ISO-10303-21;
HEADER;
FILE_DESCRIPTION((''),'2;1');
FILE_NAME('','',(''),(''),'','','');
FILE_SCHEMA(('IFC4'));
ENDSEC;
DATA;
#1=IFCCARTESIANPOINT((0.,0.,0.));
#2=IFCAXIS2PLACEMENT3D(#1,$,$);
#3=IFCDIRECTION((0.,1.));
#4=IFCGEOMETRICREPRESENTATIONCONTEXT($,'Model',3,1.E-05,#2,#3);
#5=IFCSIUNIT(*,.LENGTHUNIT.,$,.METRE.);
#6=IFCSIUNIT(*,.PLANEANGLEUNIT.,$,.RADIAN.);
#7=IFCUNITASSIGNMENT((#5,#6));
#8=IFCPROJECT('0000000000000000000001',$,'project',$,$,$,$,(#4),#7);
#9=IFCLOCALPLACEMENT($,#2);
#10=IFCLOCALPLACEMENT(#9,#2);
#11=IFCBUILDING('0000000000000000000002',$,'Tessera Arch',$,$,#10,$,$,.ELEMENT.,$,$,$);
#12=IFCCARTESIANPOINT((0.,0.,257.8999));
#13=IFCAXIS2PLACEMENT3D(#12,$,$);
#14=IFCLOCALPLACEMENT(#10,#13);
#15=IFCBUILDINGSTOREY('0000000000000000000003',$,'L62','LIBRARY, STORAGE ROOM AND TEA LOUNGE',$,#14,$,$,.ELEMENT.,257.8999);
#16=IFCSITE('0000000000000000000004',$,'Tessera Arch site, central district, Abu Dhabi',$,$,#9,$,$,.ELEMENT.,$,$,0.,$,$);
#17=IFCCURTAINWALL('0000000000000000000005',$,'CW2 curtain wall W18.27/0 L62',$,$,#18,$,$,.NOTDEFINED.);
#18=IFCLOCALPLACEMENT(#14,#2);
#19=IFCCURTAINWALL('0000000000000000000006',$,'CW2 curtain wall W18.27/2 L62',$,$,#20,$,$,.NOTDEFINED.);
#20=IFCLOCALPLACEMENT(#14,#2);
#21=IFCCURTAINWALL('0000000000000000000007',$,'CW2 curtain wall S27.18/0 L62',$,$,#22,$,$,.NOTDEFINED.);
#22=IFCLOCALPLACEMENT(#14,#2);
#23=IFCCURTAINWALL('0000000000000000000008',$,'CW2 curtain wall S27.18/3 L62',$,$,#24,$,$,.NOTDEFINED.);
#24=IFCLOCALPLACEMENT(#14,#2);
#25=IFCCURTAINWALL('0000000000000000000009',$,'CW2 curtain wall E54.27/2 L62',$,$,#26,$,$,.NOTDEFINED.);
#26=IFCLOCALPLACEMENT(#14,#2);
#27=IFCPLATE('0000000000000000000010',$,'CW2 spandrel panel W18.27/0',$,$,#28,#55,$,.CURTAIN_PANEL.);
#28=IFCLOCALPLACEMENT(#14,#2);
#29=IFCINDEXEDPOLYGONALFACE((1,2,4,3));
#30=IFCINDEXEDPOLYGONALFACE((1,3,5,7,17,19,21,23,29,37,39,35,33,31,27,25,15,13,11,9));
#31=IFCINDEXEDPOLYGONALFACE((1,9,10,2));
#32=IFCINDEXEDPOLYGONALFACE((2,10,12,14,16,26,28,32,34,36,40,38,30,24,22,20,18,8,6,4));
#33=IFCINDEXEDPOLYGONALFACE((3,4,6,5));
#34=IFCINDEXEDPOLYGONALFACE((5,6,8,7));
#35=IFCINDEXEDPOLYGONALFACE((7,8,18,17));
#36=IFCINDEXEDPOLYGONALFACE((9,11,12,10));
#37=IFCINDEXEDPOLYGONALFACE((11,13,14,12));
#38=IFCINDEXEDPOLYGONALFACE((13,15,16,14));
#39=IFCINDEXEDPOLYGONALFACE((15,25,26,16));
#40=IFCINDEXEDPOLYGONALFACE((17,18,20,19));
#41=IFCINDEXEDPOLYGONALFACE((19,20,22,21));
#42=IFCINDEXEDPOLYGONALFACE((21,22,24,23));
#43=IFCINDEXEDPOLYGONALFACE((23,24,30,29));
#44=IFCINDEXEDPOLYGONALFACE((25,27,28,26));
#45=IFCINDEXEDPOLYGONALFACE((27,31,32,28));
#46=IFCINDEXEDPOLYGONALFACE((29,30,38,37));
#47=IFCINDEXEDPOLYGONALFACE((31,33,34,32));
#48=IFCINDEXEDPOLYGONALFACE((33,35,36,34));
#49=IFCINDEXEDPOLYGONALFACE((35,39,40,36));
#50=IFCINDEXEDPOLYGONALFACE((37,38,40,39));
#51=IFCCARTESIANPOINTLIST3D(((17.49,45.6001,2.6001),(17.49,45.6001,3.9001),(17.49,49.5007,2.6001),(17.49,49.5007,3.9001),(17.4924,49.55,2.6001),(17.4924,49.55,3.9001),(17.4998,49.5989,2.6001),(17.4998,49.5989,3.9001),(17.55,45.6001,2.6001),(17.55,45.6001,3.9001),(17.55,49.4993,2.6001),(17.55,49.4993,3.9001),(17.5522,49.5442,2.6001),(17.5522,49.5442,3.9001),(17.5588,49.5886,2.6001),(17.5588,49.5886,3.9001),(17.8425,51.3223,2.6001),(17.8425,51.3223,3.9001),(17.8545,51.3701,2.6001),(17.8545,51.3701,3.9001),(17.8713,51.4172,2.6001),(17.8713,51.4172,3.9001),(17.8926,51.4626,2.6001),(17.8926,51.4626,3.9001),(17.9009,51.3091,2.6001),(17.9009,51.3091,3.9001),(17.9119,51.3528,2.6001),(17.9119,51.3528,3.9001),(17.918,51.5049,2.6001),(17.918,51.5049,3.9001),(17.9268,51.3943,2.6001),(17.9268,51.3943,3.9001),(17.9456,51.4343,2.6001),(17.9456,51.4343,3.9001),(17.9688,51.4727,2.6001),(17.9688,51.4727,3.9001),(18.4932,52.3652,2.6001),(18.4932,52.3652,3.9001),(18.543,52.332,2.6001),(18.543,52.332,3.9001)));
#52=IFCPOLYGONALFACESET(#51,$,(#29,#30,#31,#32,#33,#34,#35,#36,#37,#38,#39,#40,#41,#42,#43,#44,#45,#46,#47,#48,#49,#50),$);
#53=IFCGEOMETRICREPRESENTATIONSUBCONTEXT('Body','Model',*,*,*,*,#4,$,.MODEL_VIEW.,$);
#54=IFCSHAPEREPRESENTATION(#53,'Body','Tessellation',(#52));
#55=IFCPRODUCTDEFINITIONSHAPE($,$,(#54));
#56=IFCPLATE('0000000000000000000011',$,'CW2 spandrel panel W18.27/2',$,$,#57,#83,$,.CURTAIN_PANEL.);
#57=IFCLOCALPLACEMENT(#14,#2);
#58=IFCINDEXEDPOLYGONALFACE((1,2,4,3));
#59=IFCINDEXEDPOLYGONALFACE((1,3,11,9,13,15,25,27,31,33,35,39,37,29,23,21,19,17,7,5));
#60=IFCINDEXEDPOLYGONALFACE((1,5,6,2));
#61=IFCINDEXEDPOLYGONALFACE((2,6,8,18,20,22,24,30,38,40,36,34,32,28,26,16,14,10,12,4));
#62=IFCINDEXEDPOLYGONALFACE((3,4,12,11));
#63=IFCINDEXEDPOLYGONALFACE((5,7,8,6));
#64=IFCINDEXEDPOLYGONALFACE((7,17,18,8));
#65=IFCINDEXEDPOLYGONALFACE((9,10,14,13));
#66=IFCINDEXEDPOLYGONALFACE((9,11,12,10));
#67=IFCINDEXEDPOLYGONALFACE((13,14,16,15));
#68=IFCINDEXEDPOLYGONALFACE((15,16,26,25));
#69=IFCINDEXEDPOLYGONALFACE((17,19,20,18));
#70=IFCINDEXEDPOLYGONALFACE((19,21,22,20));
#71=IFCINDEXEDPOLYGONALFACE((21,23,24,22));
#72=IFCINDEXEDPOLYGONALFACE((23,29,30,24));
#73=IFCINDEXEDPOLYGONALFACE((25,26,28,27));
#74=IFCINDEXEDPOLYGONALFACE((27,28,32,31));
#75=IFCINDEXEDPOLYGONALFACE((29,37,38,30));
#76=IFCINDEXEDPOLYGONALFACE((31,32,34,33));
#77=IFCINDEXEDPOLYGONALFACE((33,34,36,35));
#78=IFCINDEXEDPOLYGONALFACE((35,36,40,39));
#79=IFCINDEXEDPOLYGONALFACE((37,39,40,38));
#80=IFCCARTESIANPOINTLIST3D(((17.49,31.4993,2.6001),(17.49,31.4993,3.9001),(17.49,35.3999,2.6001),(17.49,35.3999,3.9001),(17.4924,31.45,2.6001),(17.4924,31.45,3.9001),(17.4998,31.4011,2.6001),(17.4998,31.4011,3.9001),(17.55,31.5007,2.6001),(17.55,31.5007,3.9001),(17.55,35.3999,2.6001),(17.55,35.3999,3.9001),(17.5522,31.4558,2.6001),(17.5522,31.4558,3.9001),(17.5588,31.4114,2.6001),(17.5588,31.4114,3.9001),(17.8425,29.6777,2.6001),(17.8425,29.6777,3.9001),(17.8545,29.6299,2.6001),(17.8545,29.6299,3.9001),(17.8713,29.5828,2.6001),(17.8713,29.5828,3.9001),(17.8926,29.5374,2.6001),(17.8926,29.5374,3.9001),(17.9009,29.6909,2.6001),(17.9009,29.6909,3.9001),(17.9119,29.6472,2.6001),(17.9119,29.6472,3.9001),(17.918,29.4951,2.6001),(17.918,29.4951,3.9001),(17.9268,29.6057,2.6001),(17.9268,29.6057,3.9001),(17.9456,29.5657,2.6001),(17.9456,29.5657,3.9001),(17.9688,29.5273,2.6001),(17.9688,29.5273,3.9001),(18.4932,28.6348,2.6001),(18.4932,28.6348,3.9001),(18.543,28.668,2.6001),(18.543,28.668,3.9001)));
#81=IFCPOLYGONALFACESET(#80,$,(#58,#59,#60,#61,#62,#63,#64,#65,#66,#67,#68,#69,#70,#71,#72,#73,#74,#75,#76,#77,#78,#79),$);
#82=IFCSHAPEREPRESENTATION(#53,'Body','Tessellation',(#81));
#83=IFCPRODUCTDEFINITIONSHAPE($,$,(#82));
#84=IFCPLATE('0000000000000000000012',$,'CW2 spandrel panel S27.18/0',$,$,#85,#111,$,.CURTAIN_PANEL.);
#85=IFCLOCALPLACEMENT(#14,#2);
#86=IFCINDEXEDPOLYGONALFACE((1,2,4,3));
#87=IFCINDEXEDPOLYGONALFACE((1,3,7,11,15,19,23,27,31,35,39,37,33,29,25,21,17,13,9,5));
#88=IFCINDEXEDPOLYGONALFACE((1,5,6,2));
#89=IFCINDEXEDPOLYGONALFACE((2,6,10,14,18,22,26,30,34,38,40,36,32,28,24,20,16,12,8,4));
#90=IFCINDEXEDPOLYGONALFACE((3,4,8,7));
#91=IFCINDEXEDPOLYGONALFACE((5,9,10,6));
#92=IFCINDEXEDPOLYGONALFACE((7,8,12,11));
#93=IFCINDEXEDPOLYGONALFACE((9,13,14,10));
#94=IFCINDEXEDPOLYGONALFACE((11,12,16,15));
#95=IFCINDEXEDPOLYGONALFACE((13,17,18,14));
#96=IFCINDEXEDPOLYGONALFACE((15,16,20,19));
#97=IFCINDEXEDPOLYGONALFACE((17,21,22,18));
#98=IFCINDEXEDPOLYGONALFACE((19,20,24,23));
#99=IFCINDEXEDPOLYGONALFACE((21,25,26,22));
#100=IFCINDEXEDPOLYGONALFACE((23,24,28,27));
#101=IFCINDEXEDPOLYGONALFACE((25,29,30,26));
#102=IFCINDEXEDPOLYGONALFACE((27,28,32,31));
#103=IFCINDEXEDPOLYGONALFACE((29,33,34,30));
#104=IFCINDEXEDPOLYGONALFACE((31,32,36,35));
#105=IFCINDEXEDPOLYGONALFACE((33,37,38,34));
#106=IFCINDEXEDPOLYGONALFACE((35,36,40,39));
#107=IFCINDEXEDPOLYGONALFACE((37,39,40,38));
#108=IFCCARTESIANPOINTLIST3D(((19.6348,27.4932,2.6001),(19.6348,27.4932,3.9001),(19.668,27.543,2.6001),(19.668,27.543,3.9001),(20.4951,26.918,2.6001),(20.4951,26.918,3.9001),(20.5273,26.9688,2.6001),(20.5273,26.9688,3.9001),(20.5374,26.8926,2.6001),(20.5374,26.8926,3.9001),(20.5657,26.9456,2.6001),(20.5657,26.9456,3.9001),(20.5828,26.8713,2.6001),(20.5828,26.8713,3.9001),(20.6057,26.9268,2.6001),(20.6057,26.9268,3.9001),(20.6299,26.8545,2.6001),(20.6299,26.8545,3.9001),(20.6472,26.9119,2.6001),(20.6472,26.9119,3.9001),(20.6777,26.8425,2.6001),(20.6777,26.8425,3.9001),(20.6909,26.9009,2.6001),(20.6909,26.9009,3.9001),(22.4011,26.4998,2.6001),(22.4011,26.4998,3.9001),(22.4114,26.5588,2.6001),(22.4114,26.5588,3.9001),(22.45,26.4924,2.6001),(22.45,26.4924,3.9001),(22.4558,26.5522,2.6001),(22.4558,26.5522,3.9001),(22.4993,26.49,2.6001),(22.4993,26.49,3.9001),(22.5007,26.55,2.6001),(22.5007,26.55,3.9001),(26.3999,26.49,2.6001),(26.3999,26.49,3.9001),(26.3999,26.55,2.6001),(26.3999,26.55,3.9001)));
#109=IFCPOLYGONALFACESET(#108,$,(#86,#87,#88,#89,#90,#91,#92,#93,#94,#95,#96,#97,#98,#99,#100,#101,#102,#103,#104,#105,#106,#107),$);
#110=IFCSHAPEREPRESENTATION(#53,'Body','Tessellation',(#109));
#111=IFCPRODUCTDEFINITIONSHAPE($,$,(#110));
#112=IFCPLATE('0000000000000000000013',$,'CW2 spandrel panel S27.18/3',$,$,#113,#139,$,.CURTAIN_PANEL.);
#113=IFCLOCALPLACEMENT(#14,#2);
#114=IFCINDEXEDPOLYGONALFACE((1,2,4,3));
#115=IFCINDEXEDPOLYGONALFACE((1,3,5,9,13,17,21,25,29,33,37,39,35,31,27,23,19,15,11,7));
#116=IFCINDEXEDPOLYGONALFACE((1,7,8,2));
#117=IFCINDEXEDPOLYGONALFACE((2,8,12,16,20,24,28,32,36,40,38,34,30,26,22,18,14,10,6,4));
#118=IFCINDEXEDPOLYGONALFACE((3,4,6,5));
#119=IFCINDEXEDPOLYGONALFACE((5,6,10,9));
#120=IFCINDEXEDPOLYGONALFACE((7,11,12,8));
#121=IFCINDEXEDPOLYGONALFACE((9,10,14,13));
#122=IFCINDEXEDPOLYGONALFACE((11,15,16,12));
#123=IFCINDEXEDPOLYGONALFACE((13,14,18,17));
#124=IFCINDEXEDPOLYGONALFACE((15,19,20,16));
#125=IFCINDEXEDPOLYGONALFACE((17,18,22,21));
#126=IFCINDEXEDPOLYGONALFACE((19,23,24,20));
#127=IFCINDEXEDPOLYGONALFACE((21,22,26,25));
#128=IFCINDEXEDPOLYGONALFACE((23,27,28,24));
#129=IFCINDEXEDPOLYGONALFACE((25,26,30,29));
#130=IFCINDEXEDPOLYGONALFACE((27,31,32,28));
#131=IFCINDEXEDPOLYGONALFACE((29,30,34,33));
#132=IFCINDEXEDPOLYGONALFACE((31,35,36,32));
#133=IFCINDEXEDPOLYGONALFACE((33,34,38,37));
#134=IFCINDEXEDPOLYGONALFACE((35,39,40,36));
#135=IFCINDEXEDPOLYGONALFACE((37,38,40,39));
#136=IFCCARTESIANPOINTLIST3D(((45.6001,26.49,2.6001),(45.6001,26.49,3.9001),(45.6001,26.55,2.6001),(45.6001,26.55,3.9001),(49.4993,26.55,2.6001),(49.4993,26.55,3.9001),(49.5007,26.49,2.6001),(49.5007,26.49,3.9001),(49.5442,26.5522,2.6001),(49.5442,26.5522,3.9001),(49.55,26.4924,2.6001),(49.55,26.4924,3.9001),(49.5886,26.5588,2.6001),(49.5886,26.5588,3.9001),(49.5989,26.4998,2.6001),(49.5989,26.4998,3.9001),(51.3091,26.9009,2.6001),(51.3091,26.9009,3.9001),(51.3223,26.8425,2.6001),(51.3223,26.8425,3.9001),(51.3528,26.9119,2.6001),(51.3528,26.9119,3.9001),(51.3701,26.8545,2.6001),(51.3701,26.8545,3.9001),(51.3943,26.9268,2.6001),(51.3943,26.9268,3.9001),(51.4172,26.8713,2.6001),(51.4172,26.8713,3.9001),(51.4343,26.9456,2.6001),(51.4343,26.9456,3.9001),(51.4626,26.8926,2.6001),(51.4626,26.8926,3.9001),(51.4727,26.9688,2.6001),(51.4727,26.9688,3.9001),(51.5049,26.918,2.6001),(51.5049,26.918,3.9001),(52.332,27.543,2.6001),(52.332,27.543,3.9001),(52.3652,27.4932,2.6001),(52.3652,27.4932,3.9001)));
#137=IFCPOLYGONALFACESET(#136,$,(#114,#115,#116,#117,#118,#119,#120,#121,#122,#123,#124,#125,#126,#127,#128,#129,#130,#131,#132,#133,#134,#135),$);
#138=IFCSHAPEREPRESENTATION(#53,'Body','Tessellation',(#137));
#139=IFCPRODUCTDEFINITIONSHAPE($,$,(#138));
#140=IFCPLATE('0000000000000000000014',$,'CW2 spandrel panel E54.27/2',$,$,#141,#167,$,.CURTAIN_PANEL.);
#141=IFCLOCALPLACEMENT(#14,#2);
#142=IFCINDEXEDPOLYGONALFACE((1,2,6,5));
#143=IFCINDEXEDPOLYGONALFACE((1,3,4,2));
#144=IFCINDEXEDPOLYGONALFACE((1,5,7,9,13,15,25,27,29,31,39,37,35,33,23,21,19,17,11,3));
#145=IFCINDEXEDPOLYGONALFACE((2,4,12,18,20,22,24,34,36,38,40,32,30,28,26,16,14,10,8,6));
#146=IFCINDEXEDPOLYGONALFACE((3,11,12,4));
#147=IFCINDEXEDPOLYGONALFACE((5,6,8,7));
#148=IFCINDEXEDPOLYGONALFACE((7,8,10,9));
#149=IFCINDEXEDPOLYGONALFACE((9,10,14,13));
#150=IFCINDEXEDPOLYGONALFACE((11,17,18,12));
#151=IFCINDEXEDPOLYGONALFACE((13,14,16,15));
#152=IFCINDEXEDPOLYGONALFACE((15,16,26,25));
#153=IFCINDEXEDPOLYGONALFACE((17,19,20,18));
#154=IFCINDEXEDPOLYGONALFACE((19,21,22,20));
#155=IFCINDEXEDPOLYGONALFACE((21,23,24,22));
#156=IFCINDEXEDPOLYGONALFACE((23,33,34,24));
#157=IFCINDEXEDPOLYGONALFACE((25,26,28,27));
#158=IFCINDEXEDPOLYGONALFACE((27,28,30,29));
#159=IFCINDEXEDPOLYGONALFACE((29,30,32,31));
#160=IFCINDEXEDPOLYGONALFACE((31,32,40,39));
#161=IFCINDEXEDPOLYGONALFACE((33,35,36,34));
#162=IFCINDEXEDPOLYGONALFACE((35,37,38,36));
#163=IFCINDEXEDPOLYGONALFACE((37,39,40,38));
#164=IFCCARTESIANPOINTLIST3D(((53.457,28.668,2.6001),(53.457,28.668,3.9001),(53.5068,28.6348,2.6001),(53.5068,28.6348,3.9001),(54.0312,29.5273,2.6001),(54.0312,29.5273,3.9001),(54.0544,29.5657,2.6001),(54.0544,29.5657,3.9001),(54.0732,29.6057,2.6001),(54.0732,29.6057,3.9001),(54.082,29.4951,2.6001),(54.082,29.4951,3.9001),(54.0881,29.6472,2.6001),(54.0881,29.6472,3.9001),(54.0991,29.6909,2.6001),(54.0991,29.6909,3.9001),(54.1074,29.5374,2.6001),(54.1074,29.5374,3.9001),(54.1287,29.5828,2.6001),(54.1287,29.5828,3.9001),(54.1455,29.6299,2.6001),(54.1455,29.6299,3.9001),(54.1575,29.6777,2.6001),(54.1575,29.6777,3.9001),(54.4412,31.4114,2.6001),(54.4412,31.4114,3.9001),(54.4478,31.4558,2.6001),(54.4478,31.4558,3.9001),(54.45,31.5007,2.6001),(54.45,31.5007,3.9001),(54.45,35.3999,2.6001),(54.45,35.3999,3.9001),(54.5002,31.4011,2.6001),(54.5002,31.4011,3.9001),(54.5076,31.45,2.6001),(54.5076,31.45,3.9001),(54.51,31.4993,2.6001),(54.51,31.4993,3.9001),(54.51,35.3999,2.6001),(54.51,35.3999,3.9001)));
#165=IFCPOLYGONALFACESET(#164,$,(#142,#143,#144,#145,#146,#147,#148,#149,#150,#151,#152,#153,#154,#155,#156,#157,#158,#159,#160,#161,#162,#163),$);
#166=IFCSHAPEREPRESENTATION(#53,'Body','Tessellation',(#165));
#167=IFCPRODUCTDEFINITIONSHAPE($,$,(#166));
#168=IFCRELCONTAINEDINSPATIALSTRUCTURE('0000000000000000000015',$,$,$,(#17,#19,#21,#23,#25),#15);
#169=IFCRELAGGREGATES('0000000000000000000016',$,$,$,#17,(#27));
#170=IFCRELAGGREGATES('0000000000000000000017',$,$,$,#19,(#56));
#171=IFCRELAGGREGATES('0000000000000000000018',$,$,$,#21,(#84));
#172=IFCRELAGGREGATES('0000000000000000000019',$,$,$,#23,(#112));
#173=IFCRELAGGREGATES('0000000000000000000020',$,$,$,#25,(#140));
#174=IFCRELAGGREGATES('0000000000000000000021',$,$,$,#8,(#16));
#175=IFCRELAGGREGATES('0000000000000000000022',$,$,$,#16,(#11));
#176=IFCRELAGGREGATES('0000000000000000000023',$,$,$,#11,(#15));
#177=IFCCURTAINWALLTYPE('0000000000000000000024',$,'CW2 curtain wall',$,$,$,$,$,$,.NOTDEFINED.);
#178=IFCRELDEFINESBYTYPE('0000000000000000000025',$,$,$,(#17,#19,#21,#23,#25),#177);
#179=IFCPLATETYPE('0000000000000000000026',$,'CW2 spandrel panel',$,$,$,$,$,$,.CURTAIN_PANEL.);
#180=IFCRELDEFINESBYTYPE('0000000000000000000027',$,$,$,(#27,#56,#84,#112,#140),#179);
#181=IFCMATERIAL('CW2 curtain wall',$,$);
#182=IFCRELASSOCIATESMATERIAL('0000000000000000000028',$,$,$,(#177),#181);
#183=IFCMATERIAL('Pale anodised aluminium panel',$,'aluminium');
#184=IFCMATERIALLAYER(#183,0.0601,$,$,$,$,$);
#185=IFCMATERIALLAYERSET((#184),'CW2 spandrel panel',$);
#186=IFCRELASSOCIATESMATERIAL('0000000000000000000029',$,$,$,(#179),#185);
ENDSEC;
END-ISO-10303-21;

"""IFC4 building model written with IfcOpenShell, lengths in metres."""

from ifc_helpers import new_model, si_unit, direction, frame, origin, place, context, subcontext, project, spatial, polyline, outline, extrude, material, layer, layer_set, type_object, element, aggregate, save


model = new_model("IFC4")

# Units and contexts
model_context = context("Model", 3, precision=1e-05, world=origin(), true_north=direction((0.0, 1.0)))
body_context = subcontext(model_context, "Body", "Model", "MODEL_VIEW")
ifc_project = project(units=[si_unit("LENGTHUNIT", "METRE"), si_unit("PLANEANGLEUNIT", "RADIAN")], contexts=[model_context])

# Site, building, storey
site_placement = place(None, origin())
site = spatial("IfcSite", under=ifc_project, at=site_placement, Name="Tessera Arch site, central district, Abu Dhabi", CompositionType="ELEMENT", RefElevation=0.0)
building_placement = place(site_placement, origin())
building = spatial("IfcBuilding", under=site, at=building_placement, Name="Tessera Arch", CompositionType="ELEMENT")
storey_placement = place(building_placement, frame((0.0, 0.0, 257.8999)))
storey = spatial("IfcBuildingStorey", under=building, at=storey_placement, Name="L62", Description="LIBRARY, STORAGE ROOM AND TEA LOUNGE", CompositionType="ELEMENT", Elevation=257.8999)

# Curtain walls
ifc_material_1 = material(Name="CW2 curtain wall")
curtain_wall_type = type_object("IfcCurtainWallType", Name="CW2 curtain wall", PredefinedType="NOTDEFINED", material=ifc_material_1)
curtain_wall_1_placement = place(storey_placement, origin())
curtain_wall_1 = element("IfcCurtainWall", 1, at=curtain_wall_1_placement, inside=storey, type_object=curtain_wall_type, Name="CW2 curtain wall W18.27/0 L62", PredefinedType="NOTDEFINED")
curtain_wall_2_placement = place(storey_placement, origin())
curtain_wall_2 = element("IfcCurtainWall", 2, at=curtain_wall_2_placement, inside=storey, type_object=curtain_wall_type, Name="CW2 curtain wall W18.27/2 L62", PredefinedType="NOTDEFINED")
curtain_wall_3_placement = place(storey_placement, origin())
curtain_wall_3 = element("IfcCurtainWall", 3, at=curtain_wall_3_placement, inside=storey, type_object=curtain_wall_type, Name="CW2 curtain wall S27.18/0 L62", PredefinedType="NOTDEFINED")
curtain_wall_4_placement = place(storey_placement, origin())
curtain_wall_4 = element("IfcCurtainWall", 4, at=curtain_wall_4_placement, inside=storey, type_object=curtain_wall_type, Name="CW2 curtain wall S27.18/3 L62", PredefinedType="NOTDEFINED")
curtain_wall_5_placement = place(storey_placement, origin())
curtain_wall_5 = element("IfcCurtainWall", 5, at=curtain_wall_5_placement, inside=storey, type_object=curtain_wall_type, Name="CW2 curtain wall E54.27/2 L62", PredefinedType="NOTDEFINED")

# Plates
ifc_material_2 = material(Name="Pale anodised aluminium panel", Category="aluminium")
ifc_layer_1 = layer(ifc_material_2, 0.0601)
ifc_layer_set_1 = layer_set([ifc_layer_1], Name="CW2 spandrel panel")
plate_type_1 = type_object("IfcPlateType", Name="CW2 spandrel panel", PredefinedType="CURTAIN_PANEL", material=ifc_layer_set_1)
plate_1_placement = place(storey_placement, frame((0.0, 0.0, 2.6001)))
plate_1 = element("IfcPlate", 6, at=plate_1_placement, type_object=plate_type_1, Name="CW2 spandrel panel W18.27/0", PredefinedType="CURTAIN_PANEL", context=body_context, shape_type="SweptSolid", body=[
    extrude(outline(polyline([(17.9688, 51.4727), (18.543, 52.332), (18.4932, 52.3652), (17.918, 51.5049), (17.8926, 51.4626), (17.8713, 51.4172), (17.8545, 51.3701), (17.8425, 51.3223), (17.4998, 49.5989), (17.4924, 49.55), (17.49, 49.5007), (17.49, 45.6001), (17.55, 45.6001), (17.55, 49.4993), (17.5522, 49.5442), (17.5588, 49.5886), (17.9009, 51.3091), (17.9119, 51.3528), (17.9268, 51.3943), (17.9456, 51.4343), (17.9688, 51.4727)])), origin(), (0.0, 0.0, 1.0), 1.3),
])
aggregate(curtain_wall_1, [plate_1])
plate_2_placement = place(storey_placement, frame((0.0, 0.0, 2.6001)))
plate_2 = element("IfcPlate", 7, at=plate_2_placement, type_object=plate_type_1, Name="CW2 spandrel panel W18.27/2", PredefinedType="CURTAIN_PANEL", context=body_context, shape_type="SweptSolid", body=[
    extrude(outline(polyline([(17.55, 31.5007), (17.55, 35.3999), (17.49, 35.3999), (17.49, 31.4993), (17.4924, 31.45), (17.4998, 31.4011), (17.8425, 29.6777), (17.8545, 29.6299), (17.8713, 29.5828), (17.8926, 29.5374), (17.918, 29.4951), (18.4932, 28.6348), (18.543, 28.668), (17.9688, 29.5273), (17.9456, 29.5657), (17.9268, 29.6057), (17.9119, 29.6472), (17.9009, 29.6909), (17.5588, 31.4114), (17.5522, 31.4558), (17.55, 31.5007)])), origin(), (0.0, 0.0, 1.0), 1.3),
])
aggregate(curtain_wall_2, [plate_2])
plate_3_placement = place(storey_placement, frame((0.0, 0.0, 2.6001)))
plate_3 = element("IfcPlate", 8, at=plate_3_placement, type_object=plate_type_1, Name="CW2 spandrel panel S27.18/0", PredefinedType="CURTAIN_PANEL", context=body_context, shape_type="SweptSolid", body=[
    extrude(outline(polyline([(20.5273, 26.9688), (19.668, 27.543), (19.6348, 27.4932), (20.4951, 26.918), (20.5374, 26.8926), (20.5828, 26.8713), (20.6299, 26.8545), (20.6777, 26.8425), (22.4011, 26.4998), (22.45, 26.4924), (22.4993, 26.49), (26.3999, 26.49), (26.3999, 26.55), (22.5007, 26.55), (22.4558, 26.5522), (22.4114, 26.5588), (20.6909, 26.9009), (20.6472, 26.9119), (20.6057, 26.9268), (20.5657, 26.9456), (20.5273, 26.9688)])), origin(), (0.0, 0.0, 1.0), 1.3),
])
aggregate(curtain_wall_3, [plate_3])
plate_4_placement = place(storey_placement, frame((0.0, 0.0, 2.6001)))
plate_4 = element("IfcPlate", 9, at=plate_4_placement, type_object=plate_type_1, Name="CW2 spandrel panel S27.18/3", PredefinedType="CURTAIN_PANEL", context=body_context, shape_type="SweptSolid", body=[
    extrude(outline(polyline([(49.4993, 26.55), (45.6001, 26.55), (45.6001, 26.49), (49.5007, 26.49), (49.55, 26.4924), (49.5989, 26.4998), (51.3223, 26.8425), (51.3701, 26.8545), (51.4172, 26.8713), (51.4626, 26.8926), (51.5049, 26.918), (52.3652, 27.4932), (52.332, 27.543), (51.4727, 26.9688), (51.4343, 26.9456), (51.3943, 26.9268), (51.3528, 26.9119), (51.3091, 26.9009), (49.5886, 26.5588), (49.5442, 26.5522), (49.4993, 26.55)])), origin(), (0.0, 0.0, 1.0), 1.3),
])
aggregate(curtain_wall_4, [plate_4])
plate_5_placement = place(storey_placement, frame((0.0, 0.0, 2.6001)))
plate_5 = element("IfcPlate", 10, at=plate_5_placement, type_object=plate_type_1, Name="CW2 spandrel panel E54.27/2", PredefinedType="CURTAIN_PANEL", context=body_context, shape_type="SweptSolid", body=[
    extrude(outline(polyline([(54.0312, 29.5273), (53.457, 28.668), (53.5068, 28.6348), (54.082, 29.4951), (54.1074, 29.5374), (54.1287, 29.5828), (54.1455, 29.6299), (54.1575, 29.6777), (54.5002, 31.4011), (54.5076, 31.45), (54.51, 31.4993), (54.51, 35.3999), (54.45, 35.3999), (54.45, 31.5007), (54.4478, 31.4558), (54.4412, 31.4114), (54.0991, 29.6909), (54.0881, 29.6472), (54.0732, 29.6057), (54.0544, 29.5657), (54.0312, 29.5273)])), origin(), (0.0, 0.0, 1.0), 1.3),
])
aggregate(curtain_wall_5, [plate_5])

save(model, "model.ifc")
